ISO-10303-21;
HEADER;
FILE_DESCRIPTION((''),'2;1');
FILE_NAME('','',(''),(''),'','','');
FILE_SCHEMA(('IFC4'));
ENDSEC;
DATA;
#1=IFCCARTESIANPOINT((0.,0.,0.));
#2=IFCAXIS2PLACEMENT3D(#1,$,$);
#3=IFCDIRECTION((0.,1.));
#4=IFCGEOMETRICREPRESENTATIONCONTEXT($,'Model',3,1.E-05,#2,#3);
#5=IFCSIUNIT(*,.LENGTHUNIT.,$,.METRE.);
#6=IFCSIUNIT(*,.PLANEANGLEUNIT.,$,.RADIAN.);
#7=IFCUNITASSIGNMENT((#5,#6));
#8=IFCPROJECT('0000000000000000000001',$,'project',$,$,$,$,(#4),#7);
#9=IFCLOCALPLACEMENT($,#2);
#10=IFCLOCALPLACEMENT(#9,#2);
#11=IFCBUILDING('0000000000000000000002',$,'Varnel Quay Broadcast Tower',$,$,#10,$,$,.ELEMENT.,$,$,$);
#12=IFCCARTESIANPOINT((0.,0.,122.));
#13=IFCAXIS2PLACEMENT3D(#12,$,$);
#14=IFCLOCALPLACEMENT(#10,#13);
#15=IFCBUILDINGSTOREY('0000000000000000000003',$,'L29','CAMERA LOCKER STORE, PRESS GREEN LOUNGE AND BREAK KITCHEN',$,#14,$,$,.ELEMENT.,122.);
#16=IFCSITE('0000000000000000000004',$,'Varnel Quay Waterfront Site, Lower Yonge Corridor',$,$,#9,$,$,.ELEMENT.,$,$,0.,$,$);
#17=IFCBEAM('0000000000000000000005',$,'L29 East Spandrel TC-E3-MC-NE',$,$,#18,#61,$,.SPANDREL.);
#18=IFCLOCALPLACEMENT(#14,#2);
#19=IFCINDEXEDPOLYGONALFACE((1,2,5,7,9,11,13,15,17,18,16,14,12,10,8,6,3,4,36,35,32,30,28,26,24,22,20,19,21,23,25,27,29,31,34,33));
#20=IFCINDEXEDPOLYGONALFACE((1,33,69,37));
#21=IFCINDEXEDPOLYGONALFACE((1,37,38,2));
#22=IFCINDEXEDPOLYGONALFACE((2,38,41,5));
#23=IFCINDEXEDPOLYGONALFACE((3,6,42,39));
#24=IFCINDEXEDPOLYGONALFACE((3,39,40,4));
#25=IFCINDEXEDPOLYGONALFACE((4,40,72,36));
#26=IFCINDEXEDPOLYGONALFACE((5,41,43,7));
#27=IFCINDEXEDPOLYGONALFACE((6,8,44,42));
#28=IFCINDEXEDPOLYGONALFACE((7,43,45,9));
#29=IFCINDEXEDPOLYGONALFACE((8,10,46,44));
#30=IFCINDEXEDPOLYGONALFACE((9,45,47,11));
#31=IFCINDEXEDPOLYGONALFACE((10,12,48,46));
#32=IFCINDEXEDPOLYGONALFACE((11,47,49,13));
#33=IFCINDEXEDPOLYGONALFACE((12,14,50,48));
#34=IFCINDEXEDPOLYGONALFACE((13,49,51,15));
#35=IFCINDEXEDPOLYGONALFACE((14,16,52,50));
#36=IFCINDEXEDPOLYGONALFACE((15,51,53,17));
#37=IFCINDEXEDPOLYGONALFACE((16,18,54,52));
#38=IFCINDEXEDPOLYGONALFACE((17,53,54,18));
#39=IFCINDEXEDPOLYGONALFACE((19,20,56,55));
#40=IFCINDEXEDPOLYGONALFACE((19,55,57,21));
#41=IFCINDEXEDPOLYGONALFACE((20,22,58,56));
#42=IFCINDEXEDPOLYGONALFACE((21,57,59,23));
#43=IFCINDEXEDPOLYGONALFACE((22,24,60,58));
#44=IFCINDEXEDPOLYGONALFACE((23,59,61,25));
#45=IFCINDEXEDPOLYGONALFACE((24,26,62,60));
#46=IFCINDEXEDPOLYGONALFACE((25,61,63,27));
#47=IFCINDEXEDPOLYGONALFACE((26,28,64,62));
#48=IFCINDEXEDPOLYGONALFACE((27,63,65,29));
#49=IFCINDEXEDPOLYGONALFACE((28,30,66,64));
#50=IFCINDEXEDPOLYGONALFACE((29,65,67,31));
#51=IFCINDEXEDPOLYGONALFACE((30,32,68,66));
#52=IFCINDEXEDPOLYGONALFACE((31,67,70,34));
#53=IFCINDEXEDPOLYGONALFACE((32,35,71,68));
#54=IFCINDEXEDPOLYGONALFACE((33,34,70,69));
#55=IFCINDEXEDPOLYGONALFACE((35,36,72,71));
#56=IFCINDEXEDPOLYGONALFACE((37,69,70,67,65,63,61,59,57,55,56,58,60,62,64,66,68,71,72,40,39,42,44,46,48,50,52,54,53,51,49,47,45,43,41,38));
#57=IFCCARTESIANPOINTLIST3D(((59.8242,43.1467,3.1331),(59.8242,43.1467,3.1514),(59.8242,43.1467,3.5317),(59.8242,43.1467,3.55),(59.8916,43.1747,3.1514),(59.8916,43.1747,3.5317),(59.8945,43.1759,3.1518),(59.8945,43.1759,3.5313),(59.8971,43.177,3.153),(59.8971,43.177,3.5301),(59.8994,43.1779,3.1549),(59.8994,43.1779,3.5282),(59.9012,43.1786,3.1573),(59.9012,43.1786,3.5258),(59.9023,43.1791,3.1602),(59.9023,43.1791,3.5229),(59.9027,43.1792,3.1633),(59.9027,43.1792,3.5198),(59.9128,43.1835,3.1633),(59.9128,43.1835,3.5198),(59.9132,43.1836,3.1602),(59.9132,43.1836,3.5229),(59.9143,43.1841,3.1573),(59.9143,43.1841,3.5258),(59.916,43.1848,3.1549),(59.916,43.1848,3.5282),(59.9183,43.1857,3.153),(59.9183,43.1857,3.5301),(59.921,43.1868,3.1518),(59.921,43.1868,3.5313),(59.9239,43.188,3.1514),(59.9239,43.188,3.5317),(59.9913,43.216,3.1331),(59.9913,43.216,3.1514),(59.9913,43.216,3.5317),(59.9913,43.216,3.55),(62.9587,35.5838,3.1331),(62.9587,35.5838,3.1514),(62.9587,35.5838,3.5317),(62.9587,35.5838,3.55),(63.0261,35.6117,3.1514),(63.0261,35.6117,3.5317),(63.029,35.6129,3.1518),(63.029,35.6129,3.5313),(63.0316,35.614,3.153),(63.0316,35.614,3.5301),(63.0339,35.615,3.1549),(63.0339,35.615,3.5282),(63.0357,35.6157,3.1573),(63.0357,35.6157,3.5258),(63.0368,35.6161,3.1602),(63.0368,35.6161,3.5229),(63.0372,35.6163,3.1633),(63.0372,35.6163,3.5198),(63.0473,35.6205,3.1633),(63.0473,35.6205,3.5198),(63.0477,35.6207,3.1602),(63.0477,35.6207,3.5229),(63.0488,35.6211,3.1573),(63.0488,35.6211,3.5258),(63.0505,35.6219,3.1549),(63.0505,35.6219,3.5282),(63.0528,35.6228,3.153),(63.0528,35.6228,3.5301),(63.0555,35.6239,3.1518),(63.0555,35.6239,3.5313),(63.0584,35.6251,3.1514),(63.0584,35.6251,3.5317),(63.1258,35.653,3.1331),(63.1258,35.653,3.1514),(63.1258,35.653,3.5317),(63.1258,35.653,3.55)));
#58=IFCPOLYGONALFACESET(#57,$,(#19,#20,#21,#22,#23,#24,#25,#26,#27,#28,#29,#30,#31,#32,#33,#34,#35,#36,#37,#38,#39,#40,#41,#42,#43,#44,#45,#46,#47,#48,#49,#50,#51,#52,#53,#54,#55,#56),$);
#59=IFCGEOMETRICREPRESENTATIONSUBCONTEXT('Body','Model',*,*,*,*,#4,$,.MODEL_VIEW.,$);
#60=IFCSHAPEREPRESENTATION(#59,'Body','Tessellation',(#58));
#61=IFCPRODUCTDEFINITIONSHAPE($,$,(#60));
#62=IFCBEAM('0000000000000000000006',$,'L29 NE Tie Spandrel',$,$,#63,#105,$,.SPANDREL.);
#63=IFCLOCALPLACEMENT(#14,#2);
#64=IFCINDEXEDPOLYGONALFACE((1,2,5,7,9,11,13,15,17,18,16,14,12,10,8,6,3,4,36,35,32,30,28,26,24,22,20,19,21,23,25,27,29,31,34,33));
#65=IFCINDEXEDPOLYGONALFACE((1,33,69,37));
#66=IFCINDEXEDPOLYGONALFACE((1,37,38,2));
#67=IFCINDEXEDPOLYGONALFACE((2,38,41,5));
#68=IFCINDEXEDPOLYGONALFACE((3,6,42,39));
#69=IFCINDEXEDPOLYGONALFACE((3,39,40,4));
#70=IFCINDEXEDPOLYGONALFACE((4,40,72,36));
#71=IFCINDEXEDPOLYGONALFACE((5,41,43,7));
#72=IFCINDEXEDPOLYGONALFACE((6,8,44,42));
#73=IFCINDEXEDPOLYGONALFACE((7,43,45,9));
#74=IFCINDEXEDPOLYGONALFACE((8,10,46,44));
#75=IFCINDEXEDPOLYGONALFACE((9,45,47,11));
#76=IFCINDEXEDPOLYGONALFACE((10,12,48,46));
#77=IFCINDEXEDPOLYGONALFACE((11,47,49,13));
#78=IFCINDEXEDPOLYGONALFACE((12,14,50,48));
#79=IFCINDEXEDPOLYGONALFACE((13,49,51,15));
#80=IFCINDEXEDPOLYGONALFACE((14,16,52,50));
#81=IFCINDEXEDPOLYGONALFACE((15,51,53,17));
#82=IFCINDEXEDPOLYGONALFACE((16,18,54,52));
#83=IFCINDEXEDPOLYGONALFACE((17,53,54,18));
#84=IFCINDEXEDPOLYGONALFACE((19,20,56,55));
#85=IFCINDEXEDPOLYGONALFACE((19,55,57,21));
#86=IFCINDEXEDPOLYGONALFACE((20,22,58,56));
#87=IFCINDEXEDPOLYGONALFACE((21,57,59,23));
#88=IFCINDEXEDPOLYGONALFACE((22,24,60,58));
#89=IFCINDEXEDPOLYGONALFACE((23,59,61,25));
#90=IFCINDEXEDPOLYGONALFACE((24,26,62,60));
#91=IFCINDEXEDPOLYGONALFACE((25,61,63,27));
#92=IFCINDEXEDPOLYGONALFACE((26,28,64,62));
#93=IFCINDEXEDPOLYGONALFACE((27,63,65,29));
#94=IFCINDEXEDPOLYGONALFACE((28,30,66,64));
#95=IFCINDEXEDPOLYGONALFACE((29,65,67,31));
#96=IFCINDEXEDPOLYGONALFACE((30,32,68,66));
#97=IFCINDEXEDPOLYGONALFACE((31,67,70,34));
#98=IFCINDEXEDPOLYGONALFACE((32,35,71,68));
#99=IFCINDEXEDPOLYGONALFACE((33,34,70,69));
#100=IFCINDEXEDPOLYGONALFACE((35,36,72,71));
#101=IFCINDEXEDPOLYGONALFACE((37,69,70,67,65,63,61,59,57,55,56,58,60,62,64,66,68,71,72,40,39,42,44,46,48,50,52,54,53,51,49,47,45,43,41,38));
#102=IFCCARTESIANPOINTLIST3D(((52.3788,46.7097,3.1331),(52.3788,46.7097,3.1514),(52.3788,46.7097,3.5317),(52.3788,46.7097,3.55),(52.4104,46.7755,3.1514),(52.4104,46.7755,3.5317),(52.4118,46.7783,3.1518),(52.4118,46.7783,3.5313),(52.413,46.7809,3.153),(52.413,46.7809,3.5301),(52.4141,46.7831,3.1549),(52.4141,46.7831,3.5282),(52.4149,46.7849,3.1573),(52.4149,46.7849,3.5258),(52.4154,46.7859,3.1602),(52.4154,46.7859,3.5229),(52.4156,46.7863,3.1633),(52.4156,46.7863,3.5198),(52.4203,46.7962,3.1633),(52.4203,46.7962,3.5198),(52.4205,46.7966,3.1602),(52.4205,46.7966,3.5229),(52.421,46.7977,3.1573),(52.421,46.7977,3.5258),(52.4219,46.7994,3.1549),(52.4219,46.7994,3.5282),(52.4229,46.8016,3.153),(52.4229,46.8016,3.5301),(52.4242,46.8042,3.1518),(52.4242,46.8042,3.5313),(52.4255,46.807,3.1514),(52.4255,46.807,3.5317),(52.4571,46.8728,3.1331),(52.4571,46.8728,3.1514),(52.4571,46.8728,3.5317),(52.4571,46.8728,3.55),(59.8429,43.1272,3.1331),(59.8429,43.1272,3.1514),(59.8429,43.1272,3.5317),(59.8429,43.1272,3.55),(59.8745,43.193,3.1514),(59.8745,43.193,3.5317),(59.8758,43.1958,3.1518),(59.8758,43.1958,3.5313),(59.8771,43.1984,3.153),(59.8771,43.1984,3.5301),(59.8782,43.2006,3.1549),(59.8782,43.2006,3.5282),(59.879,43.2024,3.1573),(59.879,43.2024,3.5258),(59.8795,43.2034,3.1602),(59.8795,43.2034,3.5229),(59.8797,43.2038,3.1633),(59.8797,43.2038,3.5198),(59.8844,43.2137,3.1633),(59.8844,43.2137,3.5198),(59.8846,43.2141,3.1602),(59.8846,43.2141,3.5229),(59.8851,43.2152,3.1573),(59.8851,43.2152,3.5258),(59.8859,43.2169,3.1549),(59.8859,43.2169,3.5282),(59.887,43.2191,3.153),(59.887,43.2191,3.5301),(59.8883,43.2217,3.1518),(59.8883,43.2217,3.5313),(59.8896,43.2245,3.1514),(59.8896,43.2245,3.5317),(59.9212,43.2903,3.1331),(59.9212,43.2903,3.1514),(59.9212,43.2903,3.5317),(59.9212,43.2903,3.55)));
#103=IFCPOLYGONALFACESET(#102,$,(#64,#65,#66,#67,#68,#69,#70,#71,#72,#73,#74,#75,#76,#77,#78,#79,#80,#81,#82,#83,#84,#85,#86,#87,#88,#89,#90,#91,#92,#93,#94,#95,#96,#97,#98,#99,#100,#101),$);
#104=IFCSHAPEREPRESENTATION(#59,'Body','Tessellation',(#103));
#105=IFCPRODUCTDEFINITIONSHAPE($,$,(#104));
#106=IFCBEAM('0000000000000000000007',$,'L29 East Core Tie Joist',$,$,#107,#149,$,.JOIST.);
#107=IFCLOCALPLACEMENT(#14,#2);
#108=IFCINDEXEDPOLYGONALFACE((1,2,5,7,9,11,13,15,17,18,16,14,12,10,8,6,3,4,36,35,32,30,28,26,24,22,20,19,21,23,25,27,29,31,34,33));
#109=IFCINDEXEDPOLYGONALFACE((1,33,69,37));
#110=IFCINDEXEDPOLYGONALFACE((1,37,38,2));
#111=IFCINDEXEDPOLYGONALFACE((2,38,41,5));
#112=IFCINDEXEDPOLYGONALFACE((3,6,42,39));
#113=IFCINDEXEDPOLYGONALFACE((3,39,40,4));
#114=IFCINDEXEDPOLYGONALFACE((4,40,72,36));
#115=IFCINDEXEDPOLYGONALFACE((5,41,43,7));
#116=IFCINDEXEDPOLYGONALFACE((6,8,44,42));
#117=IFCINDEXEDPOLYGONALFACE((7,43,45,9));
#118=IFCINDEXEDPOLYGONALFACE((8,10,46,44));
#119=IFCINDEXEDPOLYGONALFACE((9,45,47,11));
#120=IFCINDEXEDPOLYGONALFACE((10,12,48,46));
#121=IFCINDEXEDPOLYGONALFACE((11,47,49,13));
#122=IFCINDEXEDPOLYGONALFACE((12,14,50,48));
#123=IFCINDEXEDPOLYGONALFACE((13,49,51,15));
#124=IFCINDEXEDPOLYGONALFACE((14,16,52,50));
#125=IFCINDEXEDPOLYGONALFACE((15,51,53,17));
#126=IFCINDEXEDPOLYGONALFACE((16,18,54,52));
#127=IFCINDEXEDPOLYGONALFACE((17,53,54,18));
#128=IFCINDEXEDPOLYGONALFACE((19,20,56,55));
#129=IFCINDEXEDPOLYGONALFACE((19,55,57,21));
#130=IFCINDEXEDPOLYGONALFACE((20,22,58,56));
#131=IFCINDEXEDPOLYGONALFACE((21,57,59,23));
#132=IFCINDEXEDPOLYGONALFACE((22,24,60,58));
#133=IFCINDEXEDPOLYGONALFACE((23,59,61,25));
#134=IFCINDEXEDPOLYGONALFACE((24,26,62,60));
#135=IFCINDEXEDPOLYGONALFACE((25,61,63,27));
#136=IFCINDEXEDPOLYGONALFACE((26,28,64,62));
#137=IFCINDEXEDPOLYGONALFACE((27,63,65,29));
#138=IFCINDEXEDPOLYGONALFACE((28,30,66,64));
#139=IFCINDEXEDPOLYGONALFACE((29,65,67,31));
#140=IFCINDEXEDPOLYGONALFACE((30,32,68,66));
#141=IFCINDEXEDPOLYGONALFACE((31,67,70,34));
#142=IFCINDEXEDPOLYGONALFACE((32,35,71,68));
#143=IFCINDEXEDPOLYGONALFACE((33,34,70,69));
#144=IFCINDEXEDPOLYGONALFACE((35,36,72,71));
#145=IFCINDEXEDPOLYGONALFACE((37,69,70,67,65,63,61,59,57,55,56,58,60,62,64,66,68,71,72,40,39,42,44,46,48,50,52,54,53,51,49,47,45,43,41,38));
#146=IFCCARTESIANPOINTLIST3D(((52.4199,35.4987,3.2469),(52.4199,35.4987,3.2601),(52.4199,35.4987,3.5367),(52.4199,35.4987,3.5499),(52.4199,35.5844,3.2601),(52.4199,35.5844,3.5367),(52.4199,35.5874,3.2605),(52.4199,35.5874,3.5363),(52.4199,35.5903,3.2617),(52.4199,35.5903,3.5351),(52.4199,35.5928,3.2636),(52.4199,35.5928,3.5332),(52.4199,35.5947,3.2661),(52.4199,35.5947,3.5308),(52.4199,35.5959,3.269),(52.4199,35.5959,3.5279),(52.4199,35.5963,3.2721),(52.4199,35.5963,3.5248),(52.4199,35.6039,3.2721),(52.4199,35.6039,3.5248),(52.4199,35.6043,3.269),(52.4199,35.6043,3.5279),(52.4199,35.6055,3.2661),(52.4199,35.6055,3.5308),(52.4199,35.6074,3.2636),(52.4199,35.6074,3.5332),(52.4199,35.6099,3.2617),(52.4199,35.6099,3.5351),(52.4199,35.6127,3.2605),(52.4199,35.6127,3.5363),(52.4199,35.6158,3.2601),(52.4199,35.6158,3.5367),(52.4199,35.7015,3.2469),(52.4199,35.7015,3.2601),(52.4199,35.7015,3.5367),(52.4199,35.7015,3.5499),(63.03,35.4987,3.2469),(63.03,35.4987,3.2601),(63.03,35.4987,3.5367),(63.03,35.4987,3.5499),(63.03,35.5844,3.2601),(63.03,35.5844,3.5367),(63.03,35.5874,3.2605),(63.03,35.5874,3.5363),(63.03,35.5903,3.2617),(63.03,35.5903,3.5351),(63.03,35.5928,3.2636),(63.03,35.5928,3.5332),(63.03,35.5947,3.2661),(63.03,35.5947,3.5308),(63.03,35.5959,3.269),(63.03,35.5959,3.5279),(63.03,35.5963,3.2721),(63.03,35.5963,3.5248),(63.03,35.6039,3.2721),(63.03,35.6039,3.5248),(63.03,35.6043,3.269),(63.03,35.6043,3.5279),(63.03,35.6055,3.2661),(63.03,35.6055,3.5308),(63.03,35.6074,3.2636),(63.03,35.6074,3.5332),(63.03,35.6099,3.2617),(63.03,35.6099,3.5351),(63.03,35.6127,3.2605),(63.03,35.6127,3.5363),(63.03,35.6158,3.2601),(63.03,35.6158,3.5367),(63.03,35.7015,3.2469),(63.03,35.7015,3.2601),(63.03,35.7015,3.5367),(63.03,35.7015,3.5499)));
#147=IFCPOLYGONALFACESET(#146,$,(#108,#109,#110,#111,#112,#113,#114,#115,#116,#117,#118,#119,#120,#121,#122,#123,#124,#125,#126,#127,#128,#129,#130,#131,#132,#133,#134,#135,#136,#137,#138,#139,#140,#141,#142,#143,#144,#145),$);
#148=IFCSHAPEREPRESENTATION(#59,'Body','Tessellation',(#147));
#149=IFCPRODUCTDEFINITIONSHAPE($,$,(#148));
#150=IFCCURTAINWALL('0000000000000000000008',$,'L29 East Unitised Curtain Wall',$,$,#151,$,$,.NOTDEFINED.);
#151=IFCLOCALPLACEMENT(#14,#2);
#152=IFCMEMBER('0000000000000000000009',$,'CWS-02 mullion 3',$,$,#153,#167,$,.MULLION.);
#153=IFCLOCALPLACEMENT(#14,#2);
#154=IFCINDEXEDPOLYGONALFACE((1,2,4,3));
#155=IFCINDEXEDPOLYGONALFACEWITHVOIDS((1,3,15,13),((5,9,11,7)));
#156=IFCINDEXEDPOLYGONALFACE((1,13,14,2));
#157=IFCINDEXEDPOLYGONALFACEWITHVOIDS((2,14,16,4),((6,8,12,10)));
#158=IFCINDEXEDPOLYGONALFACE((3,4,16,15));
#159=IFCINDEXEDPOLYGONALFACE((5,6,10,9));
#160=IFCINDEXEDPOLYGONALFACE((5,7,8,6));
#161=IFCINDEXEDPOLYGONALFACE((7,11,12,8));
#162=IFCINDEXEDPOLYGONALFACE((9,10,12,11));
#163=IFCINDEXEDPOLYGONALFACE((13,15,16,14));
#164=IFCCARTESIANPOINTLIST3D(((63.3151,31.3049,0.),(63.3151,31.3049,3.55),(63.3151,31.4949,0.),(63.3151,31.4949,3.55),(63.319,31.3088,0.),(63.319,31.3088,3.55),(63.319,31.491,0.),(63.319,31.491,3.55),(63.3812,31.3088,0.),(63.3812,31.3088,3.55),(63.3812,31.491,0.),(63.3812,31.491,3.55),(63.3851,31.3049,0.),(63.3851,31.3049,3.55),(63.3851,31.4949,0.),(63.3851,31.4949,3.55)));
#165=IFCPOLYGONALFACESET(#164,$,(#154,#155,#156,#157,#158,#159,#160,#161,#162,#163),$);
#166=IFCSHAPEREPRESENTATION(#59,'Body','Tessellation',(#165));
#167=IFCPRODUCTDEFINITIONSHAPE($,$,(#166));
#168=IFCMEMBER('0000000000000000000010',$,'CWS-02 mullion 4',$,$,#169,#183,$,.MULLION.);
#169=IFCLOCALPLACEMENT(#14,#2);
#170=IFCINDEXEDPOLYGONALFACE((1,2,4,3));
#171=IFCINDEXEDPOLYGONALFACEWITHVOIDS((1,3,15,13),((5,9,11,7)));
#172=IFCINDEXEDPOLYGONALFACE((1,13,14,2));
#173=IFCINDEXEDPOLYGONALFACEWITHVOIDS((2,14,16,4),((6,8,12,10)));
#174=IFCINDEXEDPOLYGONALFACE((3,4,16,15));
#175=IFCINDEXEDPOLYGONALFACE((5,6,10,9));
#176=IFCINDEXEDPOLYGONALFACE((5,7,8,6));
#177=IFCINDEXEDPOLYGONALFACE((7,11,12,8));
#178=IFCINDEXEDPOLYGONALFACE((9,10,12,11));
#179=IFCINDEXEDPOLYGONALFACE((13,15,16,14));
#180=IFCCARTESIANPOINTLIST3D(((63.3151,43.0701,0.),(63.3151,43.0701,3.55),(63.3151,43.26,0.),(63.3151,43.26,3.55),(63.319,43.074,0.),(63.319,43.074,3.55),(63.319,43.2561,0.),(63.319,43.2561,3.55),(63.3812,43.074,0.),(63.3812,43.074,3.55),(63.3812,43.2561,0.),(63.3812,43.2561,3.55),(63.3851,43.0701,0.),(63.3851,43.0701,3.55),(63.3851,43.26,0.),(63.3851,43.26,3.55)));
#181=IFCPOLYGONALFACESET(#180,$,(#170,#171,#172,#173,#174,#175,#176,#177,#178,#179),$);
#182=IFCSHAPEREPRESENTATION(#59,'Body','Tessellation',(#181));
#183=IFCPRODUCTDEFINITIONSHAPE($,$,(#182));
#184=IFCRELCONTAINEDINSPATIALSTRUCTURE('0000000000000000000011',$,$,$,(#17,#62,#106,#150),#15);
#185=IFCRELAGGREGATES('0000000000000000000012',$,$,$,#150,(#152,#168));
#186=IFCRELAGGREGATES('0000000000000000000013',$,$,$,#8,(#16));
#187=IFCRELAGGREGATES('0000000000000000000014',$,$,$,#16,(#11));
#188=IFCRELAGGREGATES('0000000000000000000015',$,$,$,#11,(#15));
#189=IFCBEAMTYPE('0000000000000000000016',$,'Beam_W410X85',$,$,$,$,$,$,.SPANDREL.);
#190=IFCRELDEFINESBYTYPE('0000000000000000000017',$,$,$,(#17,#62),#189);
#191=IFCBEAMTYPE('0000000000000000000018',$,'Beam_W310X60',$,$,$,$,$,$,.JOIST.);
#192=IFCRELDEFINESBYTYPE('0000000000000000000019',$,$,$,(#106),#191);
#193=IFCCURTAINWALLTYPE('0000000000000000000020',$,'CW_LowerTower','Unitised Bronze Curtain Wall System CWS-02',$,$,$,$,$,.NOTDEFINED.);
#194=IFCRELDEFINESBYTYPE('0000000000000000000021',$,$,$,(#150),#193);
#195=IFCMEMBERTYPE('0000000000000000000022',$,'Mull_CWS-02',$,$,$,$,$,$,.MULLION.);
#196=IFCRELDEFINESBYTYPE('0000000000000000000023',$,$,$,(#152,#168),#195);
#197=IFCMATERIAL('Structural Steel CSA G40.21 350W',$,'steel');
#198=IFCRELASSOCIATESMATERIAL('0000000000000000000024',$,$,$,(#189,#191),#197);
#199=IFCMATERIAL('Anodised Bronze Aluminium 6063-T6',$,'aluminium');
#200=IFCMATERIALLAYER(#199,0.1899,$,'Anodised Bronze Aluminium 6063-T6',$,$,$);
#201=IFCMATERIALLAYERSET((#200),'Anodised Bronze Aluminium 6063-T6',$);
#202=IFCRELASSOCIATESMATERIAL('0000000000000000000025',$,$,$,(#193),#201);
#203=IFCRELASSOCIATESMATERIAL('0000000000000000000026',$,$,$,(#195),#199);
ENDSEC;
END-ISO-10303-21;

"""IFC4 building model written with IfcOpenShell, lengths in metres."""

from ifc_helpers import new_model, si_unit, direction, frame, origin, origin_2d, place, context, subcontext, project, spatial, hollow_rectangle, i_section, extrude, source, transform, mapped, material, layer, layer_set, material_profile, profile_set, type_object, type_shapes, element, aggregate, save


model = new_model("IFC4")

# Units and contexts
model_context = context("Model", 3, precision=1e-05, world=origin(), true_north=direction((0.0, 1.0)))
body_context = subcontext(model_context, "Body", "Model", "MODEL_VIEW")
ifc_project = project(units=[si_unit("LENGTHUNIT", "METRE"), si_unit("PLANEANGLEUNIT", "RADIAN")], contexts=[model_context])

# Site, building, storey
site_placement = place(None, origin())
site = spatial("IfcSite", under=ifc_project, at=site_placement, Name="Varnel Quay Waterfront Site, Lower Yonge Corridor", CompositionType="ELEMENT", RefElevation=0.0)
building_placement = place(site_placement, origin())
building = spatial("IfcBuilding", under=site, at=building_placement, Name="Varnel Quay Broadcast Tower", CompositionType="ELEMENT")
storey_placement = place(building_placement, frame((0.0, 0.0, 122.0)))
storey = spatial("IfcBuildingStorey", under=building, at=storey_placement, Name="L29", Description="CAMERA LOCKER STORE, PRESS GREEN LOUNGE AND BREAK KITCHEN", CompositionType="ELEMENT", Elevation=122.0)

# Shared definitions
ifc_material_1 = material(Name="Structural Steel CSA G40.21 350W", Category="steel")

# Beams
ifc_material_profile_1 = material_profile(ifc_material_1, i_section(OverallWidth=0.1809, OverallDepth=0.417, WebThickness=0.011, FlangeThickness=0.0183, FilletRadius=0.012, at=origin_2d()), Name="W410X85")
ifc_profile_set_1 = profile_set([ifc_material_profile_1], Name="Structural Steel CSA G40.21 350W")
beam_type_1 = type_object("IfcBeamType", Name="Beam_W410X85", PredefinedType="SPANDREL", material=ifc_profile_set_1)
shared_shape_1 = source(origin(), body_context, "Body", "SweptSolid", [
    extrude(i_section(OverallWidth=0.1809, OverallDepth=0.417, WebThickness=0.011, FlangeThickness=0.0183, FilletRadius=0.012, at=origin_2d()), origin(), (0.0, 0.0, 1.0), 8.1868),
])
beam_1_placement = place(storey_placement, frame((63.0422, 35.6184, 3.3416), z_axis=(-0.382874, 0.923801, 0.0), x_axis=(-0.923801, -0.382874, 0.0)))
element("IfcBeam", 1, at=beam_1_placement, inside=storey, type_object=beam_type_1, Name="L29 East Spandrel TC-E3-MC-NE", PredefinedType="SPANDREL", context=body_context, shape_type="MappedRepresentation", body=[
    mapped(shared_shape_1, transform((0.0, 0.0, 0.0), x_axis=(1.0, 0.0, 0.0), y_axis=(0.0, 1.0, 0.0), z_axis=(0.0, 0.0, 1.0), scale=1.0)),
])
shared_shape_2 = source(origin(), body_context, "Body", "SweptSolid", [
    extrude(i_section(OverallWidth=0.1809, OverallDepth=0.417, WebThickness=0.011, FlangeThickness=0.0183, FilletRadius=0.012, at=origin_2d()), origin(), (0.0, 0.0, 1.0), 8.2793),
])
type_shapes(beam_type_1, [shared_shape_1, shared_shape_2])
beam_2_placement = place(storey_placement, frame((52.418, 46.7913, 3.3416), z_axis=(0.901535, -0.432706, 0.0), x_axis=(0.432706, 0.901535, 0.0)))
element("IfcBeam", 2, at=beam_2_placement, inside=storey, type_object=beam_type_1, Name="L29 NE Tie Spandrel", PredefinedType="SPANDREL", context=body_context, shape_type="MappedRepresentation", body=[
    mapped(shared_shape_2, transform((0.0, 0.0, 0.0), x_axis=(1.0, 0.0, 0.0), y_axis=(0.0, 1.0, 0.0), z_axis=(0.0, 0.0, 1.0), scale=1.0)),
])
ifc_material_profile_2 = material_profile(ifc_material_1, i_section(OverallWidth=0.2029, OverallDepth=0.303, WebThickness=0.0076, FlangeThickness=0.0132, FilletRadius=0.012, at=origin_2d()), Name="W310X60")
ifc_profile_set_2 = profile_set([ifc_material_profile_2], Name="Structural Steel CSA G40.21 350W")
beam_type_2 = type_object("IfcBeamType", Name="Beam_W310X60", PredefinedType="JOIST", material=ifc_profile_set_2)
shared_shape_3 = source(origin(), body_context, "Body", "SweptSolid", [
    extrude(i_section(OverallWidth=0.2029, OverallDepth=0.303, WebThickness=0.0076, FlangeThickness=0.0132, FilletRadius=0.012, at=origin_2d()), origin(), (0.0, 0.0, 1.0), 10.6101),
])
type_shapes(beam_type_2, [shared_shape_3])
beam_3_placement = place(storey_placement, frame((52.4199, 35.6001, 3.3984), z_axis=(1.0, 0.0, 0.0), x_axis=(0.0, 1.0, 0.0)))
element("IfcBeam", 3, at=beam_3_placement, inside=storey, type_object=beam_type_2, Name="L29 East Core Tie Joist", PredefinedType="JOIST", context=body_context, shape_type="MappedRepresentation", body=[
    mapped(shared_shape_3, transform((0.0, 0.0, 0.0), x_axis=(1.0, 0.0, 0.0), y_axis=(0.0, 1.0, 0.0), z_axis=(0.0, 0.0, 1.0), scale=1.0)),
])

# Curtain wall, members
ifc_material_2 = material(Name="Anodised Bronze Aluminium 6063-T6", Category="aluminium")
ifc_layer_1 = layer(ifc_material_2, 0.1899, Name="Anodised Bronze Aluminium 6063-T6")
ifc_layer_set_1 = layer_set([ifc_layer_1], Name="Anodised Bronze Aluminium 6063-T6")
curtain_wall_type = type_object("IfcCurtainWallType", Name="CW_LowerTower", Description="Unitised Bronze Curtain Wall System CWS-02", PredefinedType="NOTDEFINED", material=ifc_layer_set_1)
curtain_wall_1_placement = place(storey_placement, origin())
curtain_wall_1 = element("IfcCurtainWall", 4, at=curtain_wall_1_placement, inside=storey, type_object=curtain_wall_type, Name="L29 East Unitised Curtain Wall", PredefinedType="NOTDEFINED")
ifc_material_profile_3 = material_profile(ifc_material_2, hollow_rectangle(XDim=0.0701, YDim=0.1899, WallThickness=0.0039, at=origin_2d()), Name="ALU70X190X4")
ifc_profile_set_3 = profile_set([ifc_material_profile_3], Name="Anodised Bronze Aluminium 6063-T6")
member_type_1 = type_object("IfcMemberType", Name="Mull_CWS-02", PredefinedType="MULLION", material=ifc_profile_set_3)
shared_shape_4 = source(origin(), body_context, "Body", "SweptSolid", [
    extrude(hollow_rectangle(XDim=0.0701, YDim=0.1899, WallThickness=0.0039, at=origin_2d()), origin(), (0.0, 0.0, 1.0), 3.55),
])
type_shapes(member_type_1, [shared_shape_4])
member_1_placement = place(storey_placement, frame((63.3501, 31.3999, 0.0), z_axis=(0.0, 0.0, 1.0), x_axis=(-1.0, 0.0, 0.0)))
member_1 = element("IfcMember", 5, at=member_1_placement, type_object=member_type_1, Name="CWS-02 mullion 3", PredefinedType="MULLION", context=body_context, shape_type="MappedRepresentation", body=[
    mapped(shared_shape_4, transform((0.0, 0.0, 0.0), x_axis=(1.0, 0.0, 0.0), y_axis=(0.0, 1.0, 0.0), z_axis=(0.0, 0.0, 1.0), scale=1.0)),
])
member_2_placement = place(storey_placement, frame((63.3501, 43.165, 0.0), z_axis=(0.0, 0.0, 1.0), x_axis=(-1.0, 0.0, 0.0)))
member_2 = element("IfcMember", 6, at=member_2_placement, type_object=member_type_1, Name="CWS-02 mullion 4", PredefinedType="MULLION", context=body_context, shape_type="MappedRepresentation", body=[
    mapped(shared_shape_4, transform((0.0, 0.0, 0.0), x_axis=(1.0, 0.0, 0.0), y_axis=(0.0, 1.0, 0.0), z_axis=(0.0, 0.0, 1.0), scale=1.0)),
])

aggregate(curtain_wall_1, [member_1, member_2])

save(model, "model.ifc")
